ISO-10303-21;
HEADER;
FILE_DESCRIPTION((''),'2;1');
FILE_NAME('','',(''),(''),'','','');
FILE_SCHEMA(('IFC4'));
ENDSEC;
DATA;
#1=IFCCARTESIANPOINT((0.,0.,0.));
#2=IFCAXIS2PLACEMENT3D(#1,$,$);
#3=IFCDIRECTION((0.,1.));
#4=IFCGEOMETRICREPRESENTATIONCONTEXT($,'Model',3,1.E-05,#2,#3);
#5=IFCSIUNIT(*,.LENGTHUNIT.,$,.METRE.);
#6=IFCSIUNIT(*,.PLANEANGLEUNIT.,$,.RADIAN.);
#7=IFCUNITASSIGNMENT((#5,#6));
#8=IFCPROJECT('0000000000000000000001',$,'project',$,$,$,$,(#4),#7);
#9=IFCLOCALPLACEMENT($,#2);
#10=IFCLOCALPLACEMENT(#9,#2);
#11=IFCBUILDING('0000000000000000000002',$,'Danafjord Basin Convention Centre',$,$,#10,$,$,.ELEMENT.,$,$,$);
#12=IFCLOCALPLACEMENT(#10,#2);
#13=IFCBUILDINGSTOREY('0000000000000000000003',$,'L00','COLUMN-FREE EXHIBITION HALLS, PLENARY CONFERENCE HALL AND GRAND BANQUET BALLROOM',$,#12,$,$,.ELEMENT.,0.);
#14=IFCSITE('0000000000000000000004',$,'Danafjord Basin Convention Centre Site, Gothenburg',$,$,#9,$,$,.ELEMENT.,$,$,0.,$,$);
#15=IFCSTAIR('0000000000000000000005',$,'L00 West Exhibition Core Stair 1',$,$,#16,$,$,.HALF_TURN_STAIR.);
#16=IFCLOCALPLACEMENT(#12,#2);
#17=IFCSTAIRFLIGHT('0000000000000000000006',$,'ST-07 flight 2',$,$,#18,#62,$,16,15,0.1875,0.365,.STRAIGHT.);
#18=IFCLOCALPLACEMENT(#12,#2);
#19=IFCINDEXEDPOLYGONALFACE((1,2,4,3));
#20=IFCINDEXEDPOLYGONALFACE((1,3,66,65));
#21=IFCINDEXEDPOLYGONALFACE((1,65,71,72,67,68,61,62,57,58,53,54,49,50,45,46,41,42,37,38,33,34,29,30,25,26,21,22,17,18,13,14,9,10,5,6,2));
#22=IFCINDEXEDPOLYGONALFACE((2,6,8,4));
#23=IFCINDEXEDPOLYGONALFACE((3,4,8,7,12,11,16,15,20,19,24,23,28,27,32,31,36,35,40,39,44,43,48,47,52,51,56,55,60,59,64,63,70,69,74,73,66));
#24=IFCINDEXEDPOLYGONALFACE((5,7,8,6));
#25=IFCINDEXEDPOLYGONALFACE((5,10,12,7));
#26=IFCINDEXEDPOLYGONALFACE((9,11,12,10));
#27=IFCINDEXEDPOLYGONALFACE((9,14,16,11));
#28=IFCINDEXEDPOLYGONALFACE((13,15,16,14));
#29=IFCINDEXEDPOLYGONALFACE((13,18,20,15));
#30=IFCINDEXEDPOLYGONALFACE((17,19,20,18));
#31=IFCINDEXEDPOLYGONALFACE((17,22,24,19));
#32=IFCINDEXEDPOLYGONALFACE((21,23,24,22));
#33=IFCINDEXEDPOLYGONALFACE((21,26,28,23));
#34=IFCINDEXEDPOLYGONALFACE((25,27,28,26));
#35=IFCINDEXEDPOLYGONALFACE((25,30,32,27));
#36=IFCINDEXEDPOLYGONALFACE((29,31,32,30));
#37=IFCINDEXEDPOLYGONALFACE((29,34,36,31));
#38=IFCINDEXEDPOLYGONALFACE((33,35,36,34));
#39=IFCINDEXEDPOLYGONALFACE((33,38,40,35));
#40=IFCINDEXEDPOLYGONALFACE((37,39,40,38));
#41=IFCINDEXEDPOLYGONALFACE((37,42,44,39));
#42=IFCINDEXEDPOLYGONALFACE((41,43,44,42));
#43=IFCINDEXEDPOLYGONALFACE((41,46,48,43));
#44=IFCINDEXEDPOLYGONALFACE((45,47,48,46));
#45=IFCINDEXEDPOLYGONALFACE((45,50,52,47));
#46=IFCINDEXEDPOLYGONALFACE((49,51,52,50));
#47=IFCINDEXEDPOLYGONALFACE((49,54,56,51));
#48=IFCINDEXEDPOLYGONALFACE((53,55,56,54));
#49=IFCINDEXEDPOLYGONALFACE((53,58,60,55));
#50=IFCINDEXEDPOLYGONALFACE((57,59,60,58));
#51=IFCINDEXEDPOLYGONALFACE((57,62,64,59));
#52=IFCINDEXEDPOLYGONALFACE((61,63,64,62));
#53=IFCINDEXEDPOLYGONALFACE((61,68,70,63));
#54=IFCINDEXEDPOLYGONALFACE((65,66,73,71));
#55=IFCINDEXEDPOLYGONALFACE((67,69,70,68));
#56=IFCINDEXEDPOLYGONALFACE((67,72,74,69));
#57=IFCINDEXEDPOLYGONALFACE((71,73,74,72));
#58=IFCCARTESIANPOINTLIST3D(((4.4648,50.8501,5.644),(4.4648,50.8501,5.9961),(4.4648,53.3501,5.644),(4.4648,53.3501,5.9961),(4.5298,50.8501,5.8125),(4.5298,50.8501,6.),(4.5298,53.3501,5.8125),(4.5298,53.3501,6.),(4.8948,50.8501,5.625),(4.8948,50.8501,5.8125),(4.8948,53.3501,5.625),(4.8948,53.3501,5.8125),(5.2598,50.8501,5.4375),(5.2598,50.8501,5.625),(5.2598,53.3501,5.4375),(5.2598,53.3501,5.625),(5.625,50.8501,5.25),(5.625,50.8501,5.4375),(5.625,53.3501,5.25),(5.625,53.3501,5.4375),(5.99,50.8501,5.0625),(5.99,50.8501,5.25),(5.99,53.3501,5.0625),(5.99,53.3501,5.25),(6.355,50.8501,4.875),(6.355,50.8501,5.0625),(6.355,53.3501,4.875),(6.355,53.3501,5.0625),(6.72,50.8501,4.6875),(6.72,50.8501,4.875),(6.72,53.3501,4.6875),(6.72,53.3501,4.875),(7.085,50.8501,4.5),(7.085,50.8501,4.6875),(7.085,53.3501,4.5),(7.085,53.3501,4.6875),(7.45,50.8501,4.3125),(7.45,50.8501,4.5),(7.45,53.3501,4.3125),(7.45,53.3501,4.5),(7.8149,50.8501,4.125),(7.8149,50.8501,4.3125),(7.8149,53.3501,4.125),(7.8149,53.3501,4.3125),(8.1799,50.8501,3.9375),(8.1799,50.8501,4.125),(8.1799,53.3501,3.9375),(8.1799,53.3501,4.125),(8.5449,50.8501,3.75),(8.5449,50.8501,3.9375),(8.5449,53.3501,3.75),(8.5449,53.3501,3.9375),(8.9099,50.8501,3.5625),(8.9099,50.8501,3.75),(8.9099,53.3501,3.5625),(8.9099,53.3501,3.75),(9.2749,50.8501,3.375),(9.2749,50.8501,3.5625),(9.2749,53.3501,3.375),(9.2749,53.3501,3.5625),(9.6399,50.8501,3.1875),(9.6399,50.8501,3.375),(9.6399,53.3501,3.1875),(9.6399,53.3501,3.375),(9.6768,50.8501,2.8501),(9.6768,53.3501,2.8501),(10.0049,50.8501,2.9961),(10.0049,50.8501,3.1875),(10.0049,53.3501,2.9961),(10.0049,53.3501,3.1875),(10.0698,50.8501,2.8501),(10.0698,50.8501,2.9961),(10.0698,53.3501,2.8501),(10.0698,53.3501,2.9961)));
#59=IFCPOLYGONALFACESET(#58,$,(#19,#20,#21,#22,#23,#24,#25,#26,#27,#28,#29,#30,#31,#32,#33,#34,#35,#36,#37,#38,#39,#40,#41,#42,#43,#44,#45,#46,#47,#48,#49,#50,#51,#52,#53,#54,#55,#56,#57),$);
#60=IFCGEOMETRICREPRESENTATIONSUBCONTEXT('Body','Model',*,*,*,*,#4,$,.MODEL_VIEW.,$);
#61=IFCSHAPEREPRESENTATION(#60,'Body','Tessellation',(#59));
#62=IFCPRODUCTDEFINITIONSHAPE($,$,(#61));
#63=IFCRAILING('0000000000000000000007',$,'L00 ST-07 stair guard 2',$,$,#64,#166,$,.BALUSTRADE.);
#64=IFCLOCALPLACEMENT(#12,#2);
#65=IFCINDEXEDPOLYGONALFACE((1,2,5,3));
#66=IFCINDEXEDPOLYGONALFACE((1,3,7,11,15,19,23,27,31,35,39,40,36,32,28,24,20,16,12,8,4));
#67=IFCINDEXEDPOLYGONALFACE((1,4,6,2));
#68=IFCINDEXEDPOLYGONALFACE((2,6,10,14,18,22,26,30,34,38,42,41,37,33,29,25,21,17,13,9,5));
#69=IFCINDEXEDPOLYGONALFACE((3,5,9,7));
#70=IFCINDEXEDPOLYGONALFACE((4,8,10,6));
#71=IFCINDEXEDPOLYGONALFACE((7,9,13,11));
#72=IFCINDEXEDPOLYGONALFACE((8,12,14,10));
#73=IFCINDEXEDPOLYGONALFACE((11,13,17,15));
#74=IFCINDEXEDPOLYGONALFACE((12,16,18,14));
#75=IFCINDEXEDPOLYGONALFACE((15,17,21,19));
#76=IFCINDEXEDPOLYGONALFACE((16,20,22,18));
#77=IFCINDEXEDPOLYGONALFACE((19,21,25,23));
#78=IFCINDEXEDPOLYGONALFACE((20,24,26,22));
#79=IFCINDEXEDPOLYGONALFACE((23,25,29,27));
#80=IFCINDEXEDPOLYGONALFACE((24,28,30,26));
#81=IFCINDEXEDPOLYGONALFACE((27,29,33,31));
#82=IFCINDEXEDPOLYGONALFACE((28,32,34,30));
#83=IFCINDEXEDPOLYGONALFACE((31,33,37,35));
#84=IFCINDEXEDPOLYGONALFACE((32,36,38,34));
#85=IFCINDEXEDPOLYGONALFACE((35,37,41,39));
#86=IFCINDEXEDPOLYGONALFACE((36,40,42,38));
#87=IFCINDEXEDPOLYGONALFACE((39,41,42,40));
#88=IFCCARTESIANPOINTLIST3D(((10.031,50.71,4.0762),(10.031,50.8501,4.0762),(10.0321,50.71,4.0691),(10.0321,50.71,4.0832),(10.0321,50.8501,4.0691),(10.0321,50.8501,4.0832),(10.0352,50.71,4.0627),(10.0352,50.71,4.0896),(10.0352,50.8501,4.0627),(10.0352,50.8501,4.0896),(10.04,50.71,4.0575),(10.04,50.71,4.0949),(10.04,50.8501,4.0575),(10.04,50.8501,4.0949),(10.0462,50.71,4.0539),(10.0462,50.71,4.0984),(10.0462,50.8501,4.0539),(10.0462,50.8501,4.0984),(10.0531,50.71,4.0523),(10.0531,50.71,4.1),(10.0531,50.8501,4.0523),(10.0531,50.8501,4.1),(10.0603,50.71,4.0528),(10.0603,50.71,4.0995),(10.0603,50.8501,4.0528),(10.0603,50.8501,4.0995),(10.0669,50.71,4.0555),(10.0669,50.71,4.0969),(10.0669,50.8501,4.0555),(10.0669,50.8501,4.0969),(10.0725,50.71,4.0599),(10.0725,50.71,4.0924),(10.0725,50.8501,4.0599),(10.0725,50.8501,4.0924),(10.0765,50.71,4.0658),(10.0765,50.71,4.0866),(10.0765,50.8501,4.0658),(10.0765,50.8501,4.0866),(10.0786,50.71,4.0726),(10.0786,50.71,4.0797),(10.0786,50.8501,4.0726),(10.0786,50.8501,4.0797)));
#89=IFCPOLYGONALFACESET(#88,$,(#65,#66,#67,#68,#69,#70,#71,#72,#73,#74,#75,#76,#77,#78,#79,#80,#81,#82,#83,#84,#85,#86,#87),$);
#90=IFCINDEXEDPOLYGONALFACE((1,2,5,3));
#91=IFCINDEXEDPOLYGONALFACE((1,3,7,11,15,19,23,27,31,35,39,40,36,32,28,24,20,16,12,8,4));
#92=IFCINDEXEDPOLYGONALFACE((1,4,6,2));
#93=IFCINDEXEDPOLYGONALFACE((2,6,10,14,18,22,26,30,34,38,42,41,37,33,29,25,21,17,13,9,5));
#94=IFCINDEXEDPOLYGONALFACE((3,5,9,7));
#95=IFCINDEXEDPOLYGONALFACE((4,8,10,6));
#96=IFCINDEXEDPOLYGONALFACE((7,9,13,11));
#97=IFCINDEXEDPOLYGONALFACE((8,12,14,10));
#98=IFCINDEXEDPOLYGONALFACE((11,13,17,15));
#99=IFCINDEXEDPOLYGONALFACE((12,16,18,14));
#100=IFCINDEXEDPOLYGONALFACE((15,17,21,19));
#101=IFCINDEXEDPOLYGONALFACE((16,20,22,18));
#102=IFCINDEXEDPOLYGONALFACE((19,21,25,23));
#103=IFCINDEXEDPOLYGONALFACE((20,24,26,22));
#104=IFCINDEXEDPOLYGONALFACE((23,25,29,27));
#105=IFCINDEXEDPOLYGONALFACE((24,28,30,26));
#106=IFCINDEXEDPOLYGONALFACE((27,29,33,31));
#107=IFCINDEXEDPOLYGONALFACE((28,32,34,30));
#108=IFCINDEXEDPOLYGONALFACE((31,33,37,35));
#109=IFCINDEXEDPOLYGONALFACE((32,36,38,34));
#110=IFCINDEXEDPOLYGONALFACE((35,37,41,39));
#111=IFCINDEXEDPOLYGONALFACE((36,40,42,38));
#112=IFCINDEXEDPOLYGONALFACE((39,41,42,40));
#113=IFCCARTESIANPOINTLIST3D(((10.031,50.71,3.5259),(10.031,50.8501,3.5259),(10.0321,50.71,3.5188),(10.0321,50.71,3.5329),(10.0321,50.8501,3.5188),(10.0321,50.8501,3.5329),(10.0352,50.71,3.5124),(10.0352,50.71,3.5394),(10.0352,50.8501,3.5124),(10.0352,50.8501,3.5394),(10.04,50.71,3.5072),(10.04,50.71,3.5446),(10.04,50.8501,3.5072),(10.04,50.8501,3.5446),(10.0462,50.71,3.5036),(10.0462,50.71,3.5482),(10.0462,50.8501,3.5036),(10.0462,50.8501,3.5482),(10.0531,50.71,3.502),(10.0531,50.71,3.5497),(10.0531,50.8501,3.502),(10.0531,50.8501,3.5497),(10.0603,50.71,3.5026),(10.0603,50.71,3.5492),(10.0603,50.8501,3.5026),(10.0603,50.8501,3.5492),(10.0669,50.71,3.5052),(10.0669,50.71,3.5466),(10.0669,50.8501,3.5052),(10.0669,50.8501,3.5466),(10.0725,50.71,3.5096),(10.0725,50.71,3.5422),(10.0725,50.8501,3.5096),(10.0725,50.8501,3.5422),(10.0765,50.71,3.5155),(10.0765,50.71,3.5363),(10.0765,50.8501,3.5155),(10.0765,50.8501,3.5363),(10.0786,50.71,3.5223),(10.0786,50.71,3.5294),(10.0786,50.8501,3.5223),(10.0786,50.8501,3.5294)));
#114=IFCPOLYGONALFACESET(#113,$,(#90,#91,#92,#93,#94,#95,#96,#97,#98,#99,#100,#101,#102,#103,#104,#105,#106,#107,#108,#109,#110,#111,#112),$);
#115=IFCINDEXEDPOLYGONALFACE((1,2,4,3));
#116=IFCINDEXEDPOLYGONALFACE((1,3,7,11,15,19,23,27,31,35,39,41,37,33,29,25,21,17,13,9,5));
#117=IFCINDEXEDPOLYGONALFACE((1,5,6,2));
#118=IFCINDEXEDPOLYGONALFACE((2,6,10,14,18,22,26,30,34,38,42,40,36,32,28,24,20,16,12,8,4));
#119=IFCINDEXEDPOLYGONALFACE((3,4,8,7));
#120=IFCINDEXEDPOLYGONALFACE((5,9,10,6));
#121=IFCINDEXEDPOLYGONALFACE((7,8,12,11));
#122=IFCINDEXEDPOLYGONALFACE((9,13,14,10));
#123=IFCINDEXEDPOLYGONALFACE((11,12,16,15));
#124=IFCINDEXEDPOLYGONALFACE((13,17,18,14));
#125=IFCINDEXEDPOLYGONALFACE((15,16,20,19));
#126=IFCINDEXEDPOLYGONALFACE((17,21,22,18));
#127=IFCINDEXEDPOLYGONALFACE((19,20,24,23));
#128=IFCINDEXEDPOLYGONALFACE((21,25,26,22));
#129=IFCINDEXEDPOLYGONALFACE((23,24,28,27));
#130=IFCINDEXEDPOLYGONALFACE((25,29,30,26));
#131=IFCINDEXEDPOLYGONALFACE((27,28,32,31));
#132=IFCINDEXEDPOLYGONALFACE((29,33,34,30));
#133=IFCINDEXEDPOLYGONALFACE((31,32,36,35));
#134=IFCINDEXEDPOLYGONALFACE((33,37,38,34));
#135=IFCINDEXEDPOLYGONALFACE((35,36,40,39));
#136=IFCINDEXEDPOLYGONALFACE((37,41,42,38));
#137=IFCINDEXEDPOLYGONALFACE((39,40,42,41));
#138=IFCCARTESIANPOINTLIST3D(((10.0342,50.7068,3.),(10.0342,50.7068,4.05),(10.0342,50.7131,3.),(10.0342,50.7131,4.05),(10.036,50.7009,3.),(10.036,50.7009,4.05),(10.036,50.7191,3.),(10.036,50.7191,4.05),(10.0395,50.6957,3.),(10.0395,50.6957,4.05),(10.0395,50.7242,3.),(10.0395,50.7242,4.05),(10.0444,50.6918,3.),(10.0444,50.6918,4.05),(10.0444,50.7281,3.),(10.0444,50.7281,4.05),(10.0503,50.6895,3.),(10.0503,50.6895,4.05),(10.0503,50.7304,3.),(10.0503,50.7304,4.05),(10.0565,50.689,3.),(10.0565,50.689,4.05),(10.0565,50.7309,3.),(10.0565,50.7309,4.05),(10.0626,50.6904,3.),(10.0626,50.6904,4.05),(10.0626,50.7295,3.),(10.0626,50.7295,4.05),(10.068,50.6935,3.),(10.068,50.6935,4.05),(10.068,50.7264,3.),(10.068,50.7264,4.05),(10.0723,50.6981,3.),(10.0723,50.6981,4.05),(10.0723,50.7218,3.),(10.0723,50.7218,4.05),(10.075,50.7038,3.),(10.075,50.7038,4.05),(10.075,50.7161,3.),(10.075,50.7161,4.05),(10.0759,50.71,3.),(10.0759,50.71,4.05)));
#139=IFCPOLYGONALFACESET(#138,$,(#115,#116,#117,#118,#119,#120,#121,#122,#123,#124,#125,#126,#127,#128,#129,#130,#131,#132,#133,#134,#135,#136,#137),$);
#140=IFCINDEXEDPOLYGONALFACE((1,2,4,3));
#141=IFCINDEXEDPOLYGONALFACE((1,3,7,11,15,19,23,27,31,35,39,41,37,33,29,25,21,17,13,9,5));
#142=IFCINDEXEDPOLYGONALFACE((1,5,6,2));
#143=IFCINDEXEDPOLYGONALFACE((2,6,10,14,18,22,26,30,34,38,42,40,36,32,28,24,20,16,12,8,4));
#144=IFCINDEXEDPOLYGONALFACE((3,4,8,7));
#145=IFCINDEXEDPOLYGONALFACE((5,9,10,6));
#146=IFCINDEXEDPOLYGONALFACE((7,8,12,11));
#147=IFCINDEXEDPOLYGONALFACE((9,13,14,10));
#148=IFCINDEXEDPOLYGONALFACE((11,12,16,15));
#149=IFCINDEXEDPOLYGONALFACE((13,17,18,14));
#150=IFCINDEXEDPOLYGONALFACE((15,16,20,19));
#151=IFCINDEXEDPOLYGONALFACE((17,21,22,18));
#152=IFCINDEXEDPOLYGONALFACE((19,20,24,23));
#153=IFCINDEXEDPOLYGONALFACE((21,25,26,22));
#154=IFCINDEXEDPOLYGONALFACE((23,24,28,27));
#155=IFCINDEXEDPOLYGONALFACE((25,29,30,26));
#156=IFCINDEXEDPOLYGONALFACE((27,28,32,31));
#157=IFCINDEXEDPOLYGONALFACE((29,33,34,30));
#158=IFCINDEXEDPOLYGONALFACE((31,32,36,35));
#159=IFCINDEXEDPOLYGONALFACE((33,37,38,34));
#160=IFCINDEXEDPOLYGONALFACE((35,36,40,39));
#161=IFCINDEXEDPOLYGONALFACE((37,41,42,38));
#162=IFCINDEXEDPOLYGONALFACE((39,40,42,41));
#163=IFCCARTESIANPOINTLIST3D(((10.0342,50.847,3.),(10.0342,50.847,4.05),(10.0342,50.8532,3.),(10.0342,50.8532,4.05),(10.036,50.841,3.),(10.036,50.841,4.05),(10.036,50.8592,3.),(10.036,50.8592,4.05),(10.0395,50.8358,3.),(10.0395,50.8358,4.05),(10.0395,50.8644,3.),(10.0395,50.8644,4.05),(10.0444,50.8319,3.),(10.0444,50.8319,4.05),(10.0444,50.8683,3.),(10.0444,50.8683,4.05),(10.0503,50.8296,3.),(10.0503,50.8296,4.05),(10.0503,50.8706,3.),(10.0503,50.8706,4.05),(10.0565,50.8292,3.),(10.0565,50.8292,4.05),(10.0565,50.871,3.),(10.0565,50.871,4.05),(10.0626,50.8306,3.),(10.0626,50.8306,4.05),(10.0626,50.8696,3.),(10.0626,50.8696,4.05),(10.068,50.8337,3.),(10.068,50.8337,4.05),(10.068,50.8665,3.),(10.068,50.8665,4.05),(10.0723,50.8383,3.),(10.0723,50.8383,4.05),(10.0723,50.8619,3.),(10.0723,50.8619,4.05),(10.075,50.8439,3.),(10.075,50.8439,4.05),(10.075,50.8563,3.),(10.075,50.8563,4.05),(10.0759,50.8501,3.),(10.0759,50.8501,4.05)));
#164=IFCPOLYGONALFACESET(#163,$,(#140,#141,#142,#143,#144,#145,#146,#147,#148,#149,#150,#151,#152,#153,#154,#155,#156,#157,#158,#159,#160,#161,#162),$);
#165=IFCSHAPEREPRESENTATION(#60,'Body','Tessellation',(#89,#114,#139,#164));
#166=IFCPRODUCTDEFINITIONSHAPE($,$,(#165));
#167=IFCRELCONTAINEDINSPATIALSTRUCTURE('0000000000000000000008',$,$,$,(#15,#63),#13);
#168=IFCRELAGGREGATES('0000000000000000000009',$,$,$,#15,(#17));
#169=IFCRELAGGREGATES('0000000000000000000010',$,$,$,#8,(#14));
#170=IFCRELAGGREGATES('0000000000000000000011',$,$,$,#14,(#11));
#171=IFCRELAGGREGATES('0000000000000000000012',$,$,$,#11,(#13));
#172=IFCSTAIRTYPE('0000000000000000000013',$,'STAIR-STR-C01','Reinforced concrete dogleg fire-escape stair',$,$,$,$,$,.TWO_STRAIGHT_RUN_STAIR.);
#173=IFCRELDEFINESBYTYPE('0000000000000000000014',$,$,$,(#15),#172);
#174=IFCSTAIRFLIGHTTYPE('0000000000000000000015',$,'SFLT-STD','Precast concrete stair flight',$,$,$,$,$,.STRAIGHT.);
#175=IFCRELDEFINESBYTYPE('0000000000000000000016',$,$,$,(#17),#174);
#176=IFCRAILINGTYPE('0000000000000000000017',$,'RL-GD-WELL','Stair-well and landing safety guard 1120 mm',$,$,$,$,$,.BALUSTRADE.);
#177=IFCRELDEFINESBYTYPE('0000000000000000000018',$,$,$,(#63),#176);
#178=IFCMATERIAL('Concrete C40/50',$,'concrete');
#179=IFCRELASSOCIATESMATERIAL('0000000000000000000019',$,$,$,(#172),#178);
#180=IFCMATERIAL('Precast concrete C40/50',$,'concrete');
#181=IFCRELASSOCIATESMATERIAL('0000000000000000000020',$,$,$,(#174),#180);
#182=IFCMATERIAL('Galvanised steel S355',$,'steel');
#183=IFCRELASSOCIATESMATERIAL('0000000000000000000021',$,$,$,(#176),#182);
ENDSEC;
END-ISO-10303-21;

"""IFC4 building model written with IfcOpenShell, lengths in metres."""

from ifc_helpers import new_model, si_unit, direction, frame, origin, origin_2d, place, context, subcontext, project, spatial, polyline, circle, outline, extrude, material, type_object, element, aggregate, save


model = new_model("IFC4")

# Units and contexts
model_context = context("Model", 3, precision=1e-05, world=origin(), true_north=direction((0.0, 1.0)))
body_context = subcontext(model_context, "Body", "Model", "MODEL_VIEW")
ifc_project = project(units=[si_unit("LENGTHUNIT", "METRE"), si_unit("PLANEANGLEUNIT", "RADIAN")], contexts=[model_context])

# Site, building, storey
site_placement = place(None, origin())
site = spatial("IfcSite", under=ifc_project, at=site_placement, Name="Danafjord Basin Convention Centre Site, Gothenburg", CompositionType="ELEMENT", RefElevation=0.0)
building_placement = place(site_placement, origin())
building = spatial("IfcBuilding", under=site, at=building_placement, Name="Danafjord Basin Convention Centre", CompositionType="ELEMENT")
storey_placement = place(building_placement, origin())
storey = spatial("IfcBuildingStorey", under=building, at=storey_placement, Name="L00", Description="COLUMN-FREE EXHIBITION HALLS, PLENARY CONFERENCE HALL AND GRAND BANQUET BALLROOM", CompositionType="ELEMENT", Elevation=0.0)

# Shared definitions
ifc_material_1 = material(Name="Concrete C40/50", Category="concrete")

# Stair, stair flight
stair_type = type_object("IfcStairType", Name="STAIR-STR-C01", Description="Reinforced concrete dogleg fire-escape stair", PredefinedType="TWO_STRAIGHT_RUN_STAIR", material=ifc_material_1)
stair_placement = place(storey_placement, origin())
stair = element("IfcStair", 1, at=stair_placement, inside=storey, type_object=stair_type, Name="L00 West Exhibition Core Stair 1", PredefinedType="HALF_TURN_STAIR")
ifc_material_2 = material(Name="Precast concrete C40/50", Category="concrete")
stair_flight_type = type_object("IfcStairFlightType", Name="SFLT-STD", Description="Precast concrete stair flight", PredefinedType="STRAIGHT", material=ifc_material_2)
stair_flight_1_placement = place(storey_placement, frame((10.0049, 52.1001, 3.0), z_axis=(0.0, 0.0, 1.0), x_axis=(-1.0, 0.0, 0.0)))
stair_flight_1 = element("IfcStairFlight", 2, at=stair_flight_1_placement, type_object=stair_flight_type, Name="ST-07 flight 2", NumberOfRisers=16, NumberOfTreads=15, PredefinedType="STRAIGHT", RiserHeight=0.1875, TreadLength=0.365, context=body_context, shape_type="SweptSolid", body=[
    extrude(outline(polyline([(-0.0649, -0.1499), (-0.0649, -0.0039), (0.0, -0.0039), (0.0, 0.1875), (0.365, 0.1875), (0.365, 0.375), (0.73, 0.375), (0.73, 0.5625), (1.095, 0.5625), (1.095, 0.75), (1.46, 0.75), (1.46, 0.9375), (1.825, 0.9375), (1.825, 1.125), (2.1899, 1.125), (2.1899, 1.3125), (2.5549, 1.3125), (2.5549, 1.5), (2.9199, 1.5), (2.9199, 1.6875), (3.2849, 1.6875), (3.2849, 1.875), (3.6499, 1.875), (3.6499, 2.0625), (4.0149, 2.0625), (4.0149, 2.25), (4.3799, 2.25), (4.3799, 2.4375), (4.7451, 2.4375), (4.7451, 2.625), (5.1101, 2.625), (5.1101, 2.8125), (5.4751, 2.8125), (5.4751, 3.0), (5.54, 2.9961), (5.54, 2.644), (0.3281, -0.1499), (-0.0649, -0.1499)])), frame((0.0, 1.25, 0.0), z_axis=(0.0, -1.0, 0.0), x_axis=(1.0, 0.0, 0.0)), (0.0, 0.0, 1.0), 2.5),
])
aggregate(stair, [stair_flight_1])

# Railing
ifc_material_3 = material(Name="Galvanised steel S355", Category="steel")
railing_type_1 = type_object("IfcRailingType", Name="RL-GD-WELL", Description="Stair-well and landing safety guard 1120 mm", PredefinedType="BALUSTRADE", material=ifc_material_3)
railing_1_placement = place(storey_placement, frame((10.0549, 50.71, 3.0)))
element("IfcRailing", 3, at=railing_1_placement, inside=storey, type_object=railing_type_1, Name="L00 ST-07 stair guard 2", PredefinedType="BALUSTRADE", context=body_context, shape_type="SweptSolid", body=[
    extrude(circle(Radius=0.0239, at=origin_2d()), frame((0.0, 0.0, 1.0762), z_axis=(0.0, 1.0, 0.0), x_axis=(-1.0, 0.0, 0.0)), (0.0, 0.0, 1.0), 0.1401),
    extrude(circle(Radius=0.0239, at=origin_2d()), frame((0.0, 0.0, 0.5259), z_axis=(0.0, 1.0, 0.0), x_axis=(-1.0, 0.0, 0.0)), (0.0, 0.0, 1.0), 0.1401),
    extrude(circle(Radius=0.021, at=origin_2d()), origin(), (0.0, 0.0, 1.0), 1.05),
    extrude(circle(Radius=0.021, at=origin_2d()), frame((0.0, 0.1401, 0.0)), (0.0, 0.0, 1.0), 1.05),
])

save(model, "model.ifc")
